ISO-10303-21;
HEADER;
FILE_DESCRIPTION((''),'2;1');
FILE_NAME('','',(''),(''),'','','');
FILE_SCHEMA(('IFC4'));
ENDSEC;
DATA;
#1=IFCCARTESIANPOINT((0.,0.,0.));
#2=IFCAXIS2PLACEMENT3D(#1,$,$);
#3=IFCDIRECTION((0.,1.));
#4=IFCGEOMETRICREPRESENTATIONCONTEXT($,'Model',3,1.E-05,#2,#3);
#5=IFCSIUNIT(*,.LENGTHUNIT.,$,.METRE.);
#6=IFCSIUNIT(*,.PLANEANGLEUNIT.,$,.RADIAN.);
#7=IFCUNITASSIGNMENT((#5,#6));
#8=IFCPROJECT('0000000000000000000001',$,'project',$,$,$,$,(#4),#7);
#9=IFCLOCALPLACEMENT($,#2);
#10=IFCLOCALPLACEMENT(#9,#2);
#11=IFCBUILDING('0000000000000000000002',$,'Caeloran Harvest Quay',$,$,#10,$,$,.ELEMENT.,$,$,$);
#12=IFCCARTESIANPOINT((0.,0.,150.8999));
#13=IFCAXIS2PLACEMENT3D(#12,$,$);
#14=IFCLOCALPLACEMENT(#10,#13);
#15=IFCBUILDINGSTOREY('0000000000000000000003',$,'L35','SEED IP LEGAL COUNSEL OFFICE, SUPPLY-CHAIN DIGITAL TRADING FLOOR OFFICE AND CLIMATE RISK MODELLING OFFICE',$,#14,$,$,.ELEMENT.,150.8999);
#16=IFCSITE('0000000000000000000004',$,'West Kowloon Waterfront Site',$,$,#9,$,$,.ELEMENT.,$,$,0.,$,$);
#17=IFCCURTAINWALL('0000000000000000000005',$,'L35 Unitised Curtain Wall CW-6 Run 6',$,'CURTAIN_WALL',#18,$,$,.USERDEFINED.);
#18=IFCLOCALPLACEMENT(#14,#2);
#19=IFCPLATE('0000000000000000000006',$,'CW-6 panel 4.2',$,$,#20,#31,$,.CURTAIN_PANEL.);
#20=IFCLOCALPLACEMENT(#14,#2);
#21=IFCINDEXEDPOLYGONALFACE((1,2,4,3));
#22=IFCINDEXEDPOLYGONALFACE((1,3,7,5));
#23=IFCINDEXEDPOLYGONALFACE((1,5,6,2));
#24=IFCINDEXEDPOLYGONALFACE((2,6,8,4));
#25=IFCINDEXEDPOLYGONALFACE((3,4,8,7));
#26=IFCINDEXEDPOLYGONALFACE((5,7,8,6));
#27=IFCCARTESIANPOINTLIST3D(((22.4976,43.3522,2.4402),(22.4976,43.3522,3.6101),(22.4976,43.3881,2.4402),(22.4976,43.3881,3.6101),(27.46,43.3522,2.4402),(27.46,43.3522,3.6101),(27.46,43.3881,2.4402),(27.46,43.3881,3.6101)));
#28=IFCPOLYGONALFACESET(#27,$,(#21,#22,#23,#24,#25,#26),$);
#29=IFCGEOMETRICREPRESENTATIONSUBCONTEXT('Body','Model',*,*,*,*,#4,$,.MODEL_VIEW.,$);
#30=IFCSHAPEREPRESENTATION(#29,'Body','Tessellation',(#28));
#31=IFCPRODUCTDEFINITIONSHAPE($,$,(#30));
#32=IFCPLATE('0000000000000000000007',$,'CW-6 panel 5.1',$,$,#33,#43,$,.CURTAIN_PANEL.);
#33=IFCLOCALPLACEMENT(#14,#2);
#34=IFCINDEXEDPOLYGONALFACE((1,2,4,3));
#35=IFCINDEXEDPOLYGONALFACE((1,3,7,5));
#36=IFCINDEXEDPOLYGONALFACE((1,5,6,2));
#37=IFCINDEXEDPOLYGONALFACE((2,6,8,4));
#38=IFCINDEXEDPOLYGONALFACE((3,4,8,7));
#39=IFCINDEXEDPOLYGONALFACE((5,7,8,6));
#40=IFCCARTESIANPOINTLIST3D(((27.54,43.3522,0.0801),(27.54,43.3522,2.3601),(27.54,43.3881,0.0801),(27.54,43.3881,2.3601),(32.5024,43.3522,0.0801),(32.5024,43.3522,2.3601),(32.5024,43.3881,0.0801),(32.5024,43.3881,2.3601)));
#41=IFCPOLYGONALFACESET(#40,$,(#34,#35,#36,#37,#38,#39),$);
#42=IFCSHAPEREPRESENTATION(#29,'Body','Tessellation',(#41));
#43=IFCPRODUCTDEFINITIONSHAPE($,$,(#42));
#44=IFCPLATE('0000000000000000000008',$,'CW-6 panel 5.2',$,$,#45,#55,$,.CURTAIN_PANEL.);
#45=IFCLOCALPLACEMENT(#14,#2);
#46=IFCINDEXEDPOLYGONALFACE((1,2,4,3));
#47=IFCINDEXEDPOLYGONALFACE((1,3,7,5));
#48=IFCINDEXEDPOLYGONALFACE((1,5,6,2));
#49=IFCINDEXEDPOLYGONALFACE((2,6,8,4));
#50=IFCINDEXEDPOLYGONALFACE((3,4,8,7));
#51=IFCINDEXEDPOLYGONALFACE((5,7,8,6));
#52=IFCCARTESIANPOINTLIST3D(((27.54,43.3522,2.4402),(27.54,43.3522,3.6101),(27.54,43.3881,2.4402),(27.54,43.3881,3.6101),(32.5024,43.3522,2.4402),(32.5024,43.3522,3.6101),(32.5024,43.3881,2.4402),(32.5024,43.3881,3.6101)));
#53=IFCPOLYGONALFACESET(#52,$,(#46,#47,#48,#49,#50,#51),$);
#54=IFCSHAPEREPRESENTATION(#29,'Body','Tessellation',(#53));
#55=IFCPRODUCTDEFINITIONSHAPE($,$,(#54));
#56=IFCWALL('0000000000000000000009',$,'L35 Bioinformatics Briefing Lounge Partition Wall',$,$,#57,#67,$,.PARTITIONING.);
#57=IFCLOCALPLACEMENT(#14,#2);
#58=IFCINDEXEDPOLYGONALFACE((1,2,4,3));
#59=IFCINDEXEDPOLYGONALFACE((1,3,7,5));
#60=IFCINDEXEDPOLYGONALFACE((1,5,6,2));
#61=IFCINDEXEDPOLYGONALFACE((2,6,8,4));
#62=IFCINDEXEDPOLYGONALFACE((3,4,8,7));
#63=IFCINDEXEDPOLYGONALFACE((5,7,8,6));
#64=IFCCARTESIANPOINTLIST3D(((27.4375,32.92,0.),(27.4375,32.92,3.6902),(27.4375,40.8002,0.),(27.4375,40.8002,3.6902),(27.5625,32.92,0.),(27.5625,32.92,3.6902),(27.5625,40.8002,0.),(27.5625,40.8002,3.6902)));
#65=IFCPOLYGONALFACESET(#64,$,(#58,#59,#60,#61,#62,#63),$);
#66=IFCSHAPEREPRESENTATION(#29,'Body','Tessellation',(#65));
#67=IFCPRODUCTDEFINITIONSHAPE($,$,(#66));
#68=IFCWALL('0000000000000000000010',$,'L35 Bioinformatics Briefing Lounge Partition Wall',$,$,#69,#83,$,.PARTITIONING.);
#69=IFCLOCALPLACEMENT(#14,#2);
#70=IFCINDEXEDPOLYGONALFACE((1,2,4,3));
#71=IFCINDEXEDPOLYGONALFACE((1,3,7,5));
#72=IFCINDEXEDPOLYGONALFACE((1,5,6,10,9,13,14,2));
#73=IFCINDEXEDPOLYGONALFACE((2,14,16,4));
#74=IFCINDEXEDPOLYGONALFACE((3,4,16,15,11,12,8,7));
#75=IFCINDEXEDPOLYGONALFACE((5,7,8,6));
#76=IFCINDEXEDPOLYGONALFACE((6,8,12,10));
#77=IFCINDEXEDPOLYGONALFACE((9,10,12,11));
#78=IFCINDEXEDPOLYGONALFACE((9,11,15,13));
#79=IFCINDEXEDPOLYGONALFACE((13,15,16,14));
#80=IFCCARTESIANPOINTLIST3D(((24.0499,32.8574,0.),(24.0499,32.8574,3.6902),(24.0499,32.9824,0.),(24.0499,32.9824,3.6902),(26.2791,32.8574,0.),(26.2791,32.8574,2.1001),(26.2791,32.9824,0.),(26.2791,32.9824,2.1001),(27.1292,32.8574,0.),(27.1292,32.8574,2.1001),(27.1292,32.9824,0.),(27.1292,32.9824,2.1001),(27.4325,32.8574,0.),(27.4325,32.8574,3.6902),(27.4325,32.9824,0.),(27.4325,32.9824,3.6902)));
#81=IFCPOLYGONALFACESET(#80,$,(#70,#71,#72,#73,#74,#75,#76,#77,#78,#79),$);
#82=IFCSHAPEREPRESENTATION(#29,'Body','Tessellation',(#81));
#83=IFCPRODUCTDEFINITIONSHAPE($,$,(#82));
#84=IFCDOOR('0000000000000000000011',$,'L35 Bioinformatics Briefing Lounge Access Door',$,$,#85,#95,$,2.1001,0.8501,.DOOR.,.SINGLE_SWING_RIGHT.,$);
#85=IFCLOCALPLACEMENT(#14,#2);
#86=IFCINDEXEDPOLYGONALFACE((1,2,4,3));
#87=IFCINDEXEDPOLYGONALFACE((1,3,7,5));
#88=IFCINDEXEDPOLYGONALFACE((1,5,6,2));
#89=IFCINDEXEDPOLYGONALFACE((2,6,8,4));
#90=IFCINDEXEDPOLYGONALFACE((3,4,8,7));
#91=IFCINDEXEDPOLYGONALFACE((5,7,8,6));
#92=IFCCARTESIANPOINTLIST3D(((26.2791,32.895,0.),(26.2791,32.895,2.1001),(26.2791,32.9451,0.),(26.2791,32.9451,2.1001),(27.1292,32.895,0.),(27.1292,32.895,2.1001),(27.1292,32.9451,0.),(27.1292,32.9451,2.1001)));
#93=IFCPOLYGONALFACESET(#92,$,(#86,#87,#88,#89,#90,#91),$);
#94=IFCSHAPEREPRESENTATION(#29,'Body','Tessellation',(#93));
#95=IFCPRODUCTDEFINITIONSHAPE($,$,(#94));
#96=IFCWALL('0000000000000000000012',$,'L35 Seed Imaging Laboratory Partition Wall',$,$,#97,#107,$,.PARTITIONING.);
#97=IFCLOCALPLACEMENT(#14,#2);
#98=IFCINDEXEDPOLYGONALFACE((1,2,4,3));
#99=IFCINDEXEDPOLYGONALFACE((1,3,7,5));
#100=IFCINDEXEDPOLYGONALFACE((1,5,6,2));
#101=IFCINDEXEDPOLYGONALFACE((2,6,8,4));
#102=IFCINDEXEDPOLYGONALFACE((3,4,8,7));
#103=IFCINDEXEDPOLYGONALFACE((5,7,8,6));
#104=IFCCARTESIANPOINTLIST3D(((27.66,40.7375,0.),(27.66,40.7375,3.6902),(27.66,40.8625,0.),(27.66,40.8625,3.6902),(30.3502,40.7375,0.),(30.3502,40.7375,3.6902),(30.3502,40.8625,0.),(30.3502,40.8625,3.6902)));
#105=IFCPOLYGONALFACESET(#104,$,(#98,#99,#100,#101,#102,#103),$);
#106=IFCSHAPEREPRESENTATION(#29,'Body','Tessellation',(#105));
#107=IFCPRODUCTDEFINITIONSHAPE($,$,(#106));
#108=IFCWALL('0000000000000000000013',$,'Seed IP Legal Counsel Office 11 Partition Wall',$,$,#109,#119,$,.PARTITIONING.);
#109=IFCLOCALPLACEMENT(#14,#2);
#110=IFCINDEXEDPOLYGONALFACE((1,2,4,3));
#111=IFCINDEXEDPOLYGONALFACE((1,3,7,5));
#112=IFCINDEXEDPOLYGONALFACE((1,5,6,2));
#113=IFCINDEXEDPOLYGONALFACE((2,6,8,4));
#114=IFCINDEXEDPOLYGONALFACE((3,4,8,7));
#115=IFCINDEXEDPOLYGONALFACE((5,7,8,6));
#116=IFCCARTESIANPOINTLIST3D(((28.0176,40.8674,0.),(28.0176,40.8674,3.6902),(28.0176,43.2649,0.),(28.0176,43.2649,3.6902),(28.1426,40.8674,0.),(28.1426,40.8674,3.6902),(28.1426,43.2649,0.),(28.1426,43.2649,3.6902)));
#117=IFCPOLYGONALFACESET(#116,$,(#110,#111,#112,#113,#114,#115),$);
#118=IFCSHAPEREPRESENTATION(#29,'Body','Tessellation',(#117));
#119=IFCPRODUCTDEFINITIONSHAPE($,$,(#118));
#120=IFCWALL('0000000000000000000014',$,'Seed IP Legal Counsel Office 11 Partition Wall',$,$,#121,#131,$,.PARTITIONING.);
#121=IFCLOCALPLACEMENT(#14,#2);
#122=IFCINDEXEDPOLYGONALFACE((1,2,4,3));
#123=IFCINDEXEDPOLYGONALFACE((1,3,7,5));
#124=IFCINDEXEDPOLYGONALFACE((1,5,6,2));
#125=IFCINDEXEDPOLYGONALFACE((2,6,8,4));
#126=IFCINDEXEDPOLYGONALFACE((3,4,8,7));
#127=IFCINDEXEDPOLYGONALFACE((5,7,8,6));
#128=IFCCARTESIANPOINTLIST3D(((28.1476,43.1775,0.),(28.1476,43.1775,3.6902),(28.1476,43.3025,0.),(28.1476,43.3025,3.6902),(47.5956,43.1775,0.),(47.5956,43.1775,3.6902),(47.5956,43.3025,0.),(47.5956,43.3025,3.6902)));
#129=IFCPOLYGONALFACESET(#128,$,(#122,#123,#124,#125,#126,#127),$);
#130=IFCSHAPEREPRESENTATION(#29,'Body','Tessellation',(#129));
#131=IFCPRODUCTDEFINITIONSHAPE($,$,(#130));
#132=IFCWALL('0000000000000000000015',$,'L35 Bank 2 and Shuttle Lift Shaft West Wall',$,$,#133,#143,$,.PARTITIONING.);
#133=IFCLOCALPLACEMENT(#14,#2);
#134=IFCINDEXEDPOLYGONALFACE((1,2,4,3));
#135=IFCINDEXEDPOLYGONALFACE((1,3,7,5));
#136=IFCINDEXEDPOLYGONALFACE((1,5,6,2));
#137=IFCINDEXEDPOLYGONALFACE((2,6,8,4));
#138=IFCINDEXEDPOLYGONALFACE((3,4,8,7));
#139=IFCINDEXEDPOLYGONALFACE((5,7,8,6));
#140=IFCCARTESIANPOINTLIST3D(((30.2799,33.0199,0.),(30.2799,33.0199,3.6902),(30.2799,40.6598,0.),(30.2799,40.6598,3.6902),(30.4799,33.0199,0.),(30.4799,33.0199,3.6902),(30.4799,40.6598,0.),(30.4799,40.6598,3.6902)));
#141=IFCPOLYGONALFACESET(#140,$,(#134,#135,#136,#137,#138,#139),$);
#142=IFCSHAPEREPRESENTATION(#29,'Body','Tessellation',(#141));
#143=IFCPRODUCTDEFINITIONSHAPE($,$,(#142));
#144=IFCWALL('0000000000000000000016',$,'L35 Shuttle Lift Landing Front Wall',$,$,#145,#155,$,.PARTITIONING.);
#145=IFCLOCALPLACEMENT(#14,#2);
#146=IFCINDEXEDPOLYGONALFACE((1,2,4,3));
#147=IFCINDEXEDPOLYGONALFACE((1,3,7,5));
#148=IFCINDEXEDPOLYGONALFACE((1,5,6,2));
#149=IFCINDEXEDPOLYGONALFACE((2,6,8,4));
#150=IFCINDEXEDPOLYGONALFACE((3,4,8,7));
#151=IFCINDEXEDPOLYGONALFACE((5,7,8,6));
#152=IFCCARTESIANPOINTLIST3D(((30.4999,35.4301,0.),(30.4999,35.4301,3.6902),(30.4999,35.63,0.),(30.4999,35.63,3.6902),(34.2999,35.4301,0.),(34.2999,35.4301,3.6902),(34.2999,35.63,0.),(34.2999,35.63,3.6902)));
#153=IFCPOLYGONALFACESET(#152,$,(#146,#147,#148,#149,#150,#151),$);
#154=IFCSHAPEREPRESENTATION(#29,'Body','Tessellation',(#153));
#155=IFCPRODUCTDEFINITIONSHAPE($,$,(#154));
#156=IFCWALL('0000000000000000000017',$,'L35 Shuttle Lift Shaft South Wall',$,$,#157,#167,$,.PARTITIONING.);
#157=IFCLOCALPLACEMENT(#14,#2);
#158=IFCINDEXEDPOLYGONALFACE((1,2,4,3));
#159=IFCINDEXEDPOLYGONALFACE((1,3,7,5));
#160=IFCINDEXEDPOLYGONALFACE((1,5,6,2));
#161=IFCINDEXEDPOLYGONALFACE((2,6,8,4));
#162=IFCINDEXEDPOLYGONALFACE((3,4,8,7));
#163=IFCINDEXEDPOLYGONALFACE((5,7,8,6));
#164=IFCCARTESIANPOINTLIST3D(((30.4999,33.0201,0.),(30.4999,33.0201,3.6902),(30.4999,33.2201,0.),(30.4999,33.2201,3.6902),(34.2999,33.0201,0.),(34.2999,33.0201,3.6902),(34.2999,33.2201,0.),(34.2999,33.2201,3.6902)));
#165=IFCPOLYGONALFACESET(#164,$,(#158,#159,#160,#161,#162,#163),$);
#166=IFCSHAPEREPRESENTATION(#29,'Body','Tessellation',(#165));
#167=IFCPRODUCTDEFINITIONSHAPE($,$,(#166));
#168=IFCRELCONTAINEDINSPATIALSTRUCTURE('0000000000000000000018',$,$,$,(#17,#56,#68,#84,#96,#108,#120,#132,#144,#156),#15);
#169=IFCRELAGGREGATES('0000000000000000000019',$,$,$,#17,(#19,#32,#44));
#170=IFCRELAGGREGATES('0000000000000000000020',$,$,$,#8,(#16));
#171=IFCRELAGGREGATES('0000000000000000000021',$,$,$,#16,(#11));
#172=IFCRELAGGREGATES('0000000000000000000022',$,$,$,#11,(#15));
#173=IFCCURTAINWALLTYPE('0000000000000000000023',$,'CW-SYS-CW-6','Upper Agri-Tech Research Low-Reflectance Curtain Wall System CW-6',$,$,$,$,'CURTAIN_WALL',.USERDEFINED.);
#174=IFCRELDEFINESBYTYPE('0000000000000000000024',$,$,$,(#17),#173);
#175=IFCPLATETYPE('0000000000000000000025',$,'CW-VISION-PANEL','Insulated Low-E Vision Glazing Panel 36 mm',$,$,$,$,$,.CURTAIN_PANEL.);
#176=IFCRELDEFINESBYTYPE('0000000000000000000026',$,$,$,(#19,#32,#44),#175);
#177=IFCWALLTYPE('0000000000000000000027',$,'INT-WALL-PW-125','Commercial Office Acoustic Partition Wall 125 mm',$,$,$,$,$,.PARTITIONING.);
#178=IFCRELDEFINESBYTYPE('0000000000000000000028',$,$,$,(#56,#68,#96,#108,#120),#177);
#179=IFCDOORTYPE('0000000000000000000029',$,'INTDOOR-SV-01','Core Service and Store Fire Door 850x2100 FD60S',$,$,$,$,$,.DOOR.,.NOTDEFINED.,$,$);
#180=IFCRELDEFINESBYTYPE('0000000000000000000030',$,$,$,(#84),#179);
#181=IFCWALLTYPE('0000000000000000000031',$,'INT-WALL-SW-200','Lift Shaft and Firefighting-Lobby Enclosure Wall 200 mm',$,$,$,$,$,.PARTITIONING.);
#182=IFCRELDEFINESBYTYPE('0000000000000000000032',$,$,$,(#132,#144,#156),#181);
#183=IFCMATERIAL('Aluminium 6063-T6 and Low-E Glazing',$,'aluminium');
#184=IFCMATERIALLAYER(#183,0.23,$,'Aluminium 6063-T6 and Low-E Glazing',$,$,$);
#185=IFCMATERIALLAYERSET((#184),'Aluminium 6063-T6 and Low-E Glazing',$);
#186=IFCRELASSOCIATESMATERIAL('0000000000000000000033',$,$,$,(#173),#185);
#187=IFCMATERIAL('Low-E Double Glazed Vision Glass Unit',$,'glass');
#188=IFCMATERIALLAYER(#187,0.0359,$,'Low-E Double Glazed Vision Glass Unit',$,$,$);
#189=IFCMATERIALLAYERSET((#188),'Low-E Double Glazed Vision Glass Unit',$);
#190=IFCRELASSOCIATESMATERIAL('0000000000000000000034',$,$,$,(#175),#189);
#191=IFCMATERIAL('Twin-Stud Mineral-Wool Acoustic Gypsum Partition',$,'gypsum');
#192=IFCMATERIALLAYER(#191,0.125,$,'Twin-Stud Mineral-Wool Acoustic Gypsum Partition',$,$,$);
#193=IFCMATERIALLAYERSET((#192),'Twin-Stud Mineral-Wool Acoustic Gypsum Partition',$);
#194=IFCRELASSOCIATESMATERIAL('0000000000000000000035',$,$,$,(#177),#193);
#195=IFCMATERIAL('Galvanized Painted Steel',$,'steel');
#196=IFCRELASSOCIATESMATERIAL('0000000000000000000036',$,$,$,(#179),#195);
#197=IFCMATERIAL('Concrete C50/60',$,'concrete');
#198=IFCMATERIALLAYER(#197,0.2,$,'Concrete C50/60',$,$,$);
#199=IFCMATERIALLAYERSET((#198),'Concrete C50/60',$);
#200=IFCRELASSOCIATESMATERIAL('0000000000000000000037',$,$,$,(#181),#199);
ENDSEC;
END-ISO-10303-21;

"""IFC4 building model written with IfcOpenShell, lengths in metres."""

from ifc_helpers import new_model, si_unit, direction, frame, frame_2d, origin, origin_2d, place, context, subcontext, project, spatial, rectangle, extrude, material, layer, layer_set, type_object, element, fill, aggregate, save


model = new_model("IFC4")

# Units and contexts
model_context = context("Model", 3, precision=1e-05, world=origin(), true_north=direction((0.0, 1.0)))
body_context = subcontext(model_context, "Body", "Model", "MODEL_VIEW")
ifc_project = project(units=[si_unit("LENGTHUNIT", "METRE"), si_unit("PLANEANGLEUNIT", "RADIAN")], contexts=[model_context])

# Site, building, storey
site_placement = place(None, origin())
site = spatial("IfcSite", under=ifc_project, at=site_placement, Name="West Kowloon Waterfront Site", CompositionType="ELEMENT", RefElevation=0.0)
building_placement = place(site_placement, origin())
building = spatial("IfcBuilding", under=site, at=building_placement, Name="Caeloran Harvest Quay", CompositionType="ELEMENT")
storey_placement = place(building_placement, frame((0.0, 0.0, 150.8999)))
storey = spatial("IfcBuildingStorey", under=building, at=storey_placement, Name="L35", Description="SEED IP LEGAL COUNSEL OFFICE, SUPPLY-CHAIN DIGITAL TRADING FLOOR OFFICE AND CLIMATE RISK MODELLING OFFICE", CompositionType="ELEMENT", Elevation=150.8999)

# Curtain wall, plates
ifc_material_1 = material(Name="Aluminium 6063-T6 and Low-E Glazing", Category="aluminium")
ifc_layer_1 = layer(ifc_material_1, 0.23, Name="Aluminium 6063-T6 and Low-E Glazing")
ifc_layer_set_1 = layer_set([ifc_layer_1], Name="Aluminium 6063-T6 and Low-E Glazing")
curtain_wall_type = type_object("IfcCurtainWallType", Name="CW-SYS-CW-6", Description="Upper Agri-Tech Research Low-Reflectance Curtain Wall System CW-6", ElementType="CURTAIN_WALL", PredefinedType="USERDEFINED", material=ifc_layer_set_1)
curtain_wall_placement = place(storey_placement, origin())
curtain_wall = element("IfcCurtainWall", 1, at=curtain_wall_placement, inside=storey, type_object=curtain_wall_type, Name="L35 Unitised Curtain Wall CW-6 Run 6", ObjectType="CURTAIN_WALL", PredefinedType="USERDEFINED")
ifc_material_2 = material(Name="Low-E Double Glazed Vision Glass Unit", Category="glass")
ifc_layer_2 = layer(ifc_material_2, 0.0359, Name="Low-E Double Glazed Vision Glass Unit")
ifc_layer_set_2 = layer_set([ifc_layer_2], Name="Low-E Double Glazed Vision Glass Unit")
plate_type = type_object("IfcPlateType", Name="CW-VISION-PANEL", Description="Insulated Low-E Vision Glazing Panel 36 mm", PredefinedType="CURTAIN_PANEL", material=ifc_layer_set_2)
plate_1_placement = place(storey_placement, frame((24.9788, 43.3701, 2.4402), z_axis=(0.0, 0.0, 1.0), x_axis=(1.0, 0.0, 0.0)))
plate_1 = element("IfcPlate", 2, at=plate_1_placement, type_object=plate_type, Name="CW-6 panel 4.2", PredefinedType="CURTAIN_PANEL", context=body_context, shape_type="SweptSolid", body=[
    extrude(rectangle(XDim=4.9624, YDim=0.0359, at=origin_2d()), origin(), (0.0, 0.0, 1.0), 1.1699),
])
plate_2_placement = place(storey_placement, frame((30.0212, 43.3701, 0.0801), z_axis=(0.0, 0.0, 1.0), x_axis=(1.0, 0.0, 0.0)))
plate_2 = element("IfcPlate", 3, at=plate_2_placement, type_object=plate_type, Name="CW-6 panel 5.1", PredefinedType="CURTAIN_PANEL", context=body_context, shape_type="SweptSolid", body=[
    extrude(rectangle(XDim=4.9624, YDim=0.0359, at=origin_2d()), origin(), (0.0, 0.0, 1.0), 2.28),
])
plate_3_placement = place(storey_placement, frame((30.0212, 43.3701, 2.4402), z_axis=(0.0, 0.0, 1.0), x_axis=(1.0, 0.0, 0.0)))
plate_3 = element("IfcPlate", 4, at=plate_3_placement, type_object=plate_type, Name="CW-6 panel 5.2", PredefinedType="CURTAIN_PANEL", context=body_context, shape_type="SweptSolid", body=[
    extrude(rectangle(XDim=4.9624, YDim=0.0359, at=origin_2d()), origin(), (0.0, 0.0, 1.0), 1.1699),
])
aggregate(curtain_wall, [plate_1, plate_2, plate_3])

# Wall
ifc_material_3 = material(Name="Twin-Stud Mineral-Wool Acoustic Gypsum Partition", Category="gypsum")
ifc_layer_3 = layer(ifc_material_3, 0.125, Name="Twin-Stud Mineral-Wool Acoustic Gypsum Partition")
ifc_layer_set_3 = layer_set([ifc_layer_3], Name="Twin-Stud Mineral-Wool Acoustic Gypsum Partition")
wall_type_1 = type_object("IfcWallType", Name="INT-WALL-PW-125", Description="Commercial Office Acoustic Partition Wall 125 mm", PredefinedType="PARTITIONING", material=ifc_layer_set_3)
wall_1_placement = place(storey_placement, frame((27.5, 40.8, 0.0), z_axis=(0.0, 0.0, 1.0), x_axis=(0.0, -1.0, 0.0)))
element("IfcWall", 5, at=wall_1_placement, inside=storey, type_object=wall_type_1, Name="L35 Bioinformatics Briefing Lounge Partition Wall", PredefinedType="PARTITIONING", context=body_context, shape_type="SweptSolid", body=[
    extrude(rectangle(XDim=7.8801, YDim=0.125, at=frame_2d((3.9399, 0.0))), origin(), (0.0, 0.0, 1.0), 3.6902),
])

# Wall, opening, door
wall_2_placement = place(storey_placement, frame((27.4326, 32.9199, 0.0), z_axis=(0.0, 0.0, 1.0), x_axis=(-1.0, 0.0, 0.0)))
wall_2 = element("IfcWall", 6, at=wall_2_placement, inside=storey, type_object=wall_type_1, Name="L35 Bioinformatics Briefing Lounge Partition Wall", PredefinedType="PARTITIONING", context=body_context, shape_type="SweptSolid", body=[
    extrude(rectangle(XDim=3.3826, YDim=0.125, at=frame_2d((1.6914, 0.0))), origin(), (0.0, 0.0, 1.0), 3.6902),
])
opening_1_placement = place(wall_2_placement, frame((0.3035, 0.0, 0.0)))
opening_1 = element("IfcOpeningElement", 7, at=opening_1_placement, cuts=wall_2, PredefinedType="OPENING", context=body_context, shape_type="SweptSolid", body=[
    extrude(rectangle(XDim=0.8501, YDim=2.1001, at=frame_2d((0.425, 1.05))), frame((0.0, 0.0725, 0.0), z_axis=(0.0, -1.0, 0.0), x_axis=(1.0, 0.0, 0.0)), (0.0, 0.0, 1.0), 0.145),
])
ifc_material_4 = material(Name="Galvanized Painted Steel", Category="steel")
door_type_1 = type_object("IfcDoorType", Name="INTDOOR-SV-01", Description="Core Service and Store Fire Door 850x2100 FD60S", OperationType="NOTDEFINED", PredefinedType="DOOR", material=ifc_material_4)
door_1_placement = place(opening_1_placement, origin())
door_1 = element("IfcDoor", 8, at=door_1_placement, inside=storey, type_object=door_type_1, Name="L35 Bioinformatics Briefing Lounge Access Door", OperationType="SINGLE_SWING_RIGHT", OverallHeight=2.1001, OverallWidth=0.8501, PredefinedType="DOOR", context=body_context, shape_type="SweptSolid", body=[
    extrude(rectangle(XDim=0.8501, YDim=2.1001, at=frame_2d((0.425, 1.05))), frame((0.0, 0.0249, 0.0), z_axis=(0.0, -1.0, 0.0), x_axis=(1.0, 0.0, 0.0)), (0.0, 0.0, 1.0), 0.05),
])
fill(opening_1, door_1)

# Walls
wall_3_placement = place(storey_placement, frame((27.6599, 40.8, 0.0), z_axis=(0.0, 0.0, 1.0), x_axis=(1.0, 0.0, 0.0)))
element("IfcWall", 9, at=wall_3_placement, inside=storey, type_object=wall_type_1, Name="L35 Seed Imaging Laboratory Partition Wall", PredefinedType="PARTITIONING", context=body_context, shape_type="SweptSolid", body=[
    extrude(rectangle(XDim=2.6902, YDim=0.125, at=frame_2d((1.3452, 0.0))), origin(), (0.0, 0.0, 1.0), 3.6902),
])
wall_4_placement = place(storey_placement, frame((28.0801, 40.8674, 0.0), z_axis=(0.0, 0.0, 1.0), x_axis=(0.0, 1.0, 0.0)))
element("IfcWall", 10, at=wall_4_placement, inside=storey, type_object=wall_type_1, Name="Seed IP Legal Counsel Office 11 Partition Wall", PredefinedType="PARTITIONING", context=body_context, shape_type="SweptSolid", body=[
    extrude(rectangle(XDim=2.3975, YDim=0.125, at=frame_2d((1.1987, 0.0))), origin(), (0.0, 0.0, 1.0), 3.6902),
])
wall_5_placement = place(storey_placement, frame((28.1475, 43.24, 0.0), z_axis=(0.0, 0.0, 1.0), x_axis=(1.0, 0.0, 0.0)))
element("IfcWall", 11, at=wall_5_placement, inside=storey, type_object=wall_type_1, Name="Seed IP Legal Counsel Office 11 Partition Wall", PredefinedType="PARTITIONING", context=body_context, shape_type="SweptSolid", body=[
    extrude(rectangle(XDim=19.448, YDim=0.125, at=frame_2d((9.7241, 0.0))), origin(), (0.0, 0.0, 1.0), 3.6902),
])
ifc_material_5 = material(Name="Concrete C50/60", Category="concrete")
ifc_layer_4 = layer(ifc_material_5, 0.2, Name="Concrete C50/60")
ifc_layer_set_4 = layer_set([ifc_layer_4], Name="Concrete C50/60")
wall_type_2 = type_object("IfcWallType", Name="INT-WALL-SW-200", Description="Lift Shaft and Firefighting-Lobby Enclosure Wall 200 mm", PredefinedType="PARTITIONING", material=ifc_layer_set_4)
wall_6_placement = place(storey_placement, frame((30.3799, 33.02, 0.0), z_axis=(0.0, 0.0, 1.0), x_axis=(0.0, 1.0, 0.0)))
element("IfcWall", 12, at=wall_6_placement, inside=storey, type_object=wall_type_2, Name="L35 Bank 2 and Shuttle Lift Shaft West Wall", PredefinedType="PARTITIONING", context=body_context, shape_type="SweptSolid", body=[
    extrude(rectangle(XDim=7.6399, YDim=0.2, at=frame_2d((3.8198, 0.0))), origin(), (0.0, 0.0, 1.0), 3.6902),
])
for number, where, z_axis, x_axis, name in (
    (13, (30.5, 35.53, 0.0), (0.0, 0.0, 1.0), (1.0, 0.0, 0.0), "L35 Shuttle Lift Landing Front Wall"),
    (14, (30.5, 33.1201, 0.0), (0.0, 0.0, 1.0), (1.0, 0.0, 0.0), "L35 Shuttle Lift Shaft South Wall"),
):
    element("IfcWall", number, at=place(storey_placement, frame(where, z_axis=z_axis, x_axis=x_axis)), inside=storey, type_object=wall_type_2, Name=name, PredefinedType="PARTITIONING", context=body_context, shape_type="SweptSolid", body=[
        extrude(rectangle(XDim=3.8, YDim=0.2, at=frame_2d((1.8999, 0.0))), origin(), (0.0, 0.0, 1.0), 3.6902),
    ])

save(model, "model.ifc")
